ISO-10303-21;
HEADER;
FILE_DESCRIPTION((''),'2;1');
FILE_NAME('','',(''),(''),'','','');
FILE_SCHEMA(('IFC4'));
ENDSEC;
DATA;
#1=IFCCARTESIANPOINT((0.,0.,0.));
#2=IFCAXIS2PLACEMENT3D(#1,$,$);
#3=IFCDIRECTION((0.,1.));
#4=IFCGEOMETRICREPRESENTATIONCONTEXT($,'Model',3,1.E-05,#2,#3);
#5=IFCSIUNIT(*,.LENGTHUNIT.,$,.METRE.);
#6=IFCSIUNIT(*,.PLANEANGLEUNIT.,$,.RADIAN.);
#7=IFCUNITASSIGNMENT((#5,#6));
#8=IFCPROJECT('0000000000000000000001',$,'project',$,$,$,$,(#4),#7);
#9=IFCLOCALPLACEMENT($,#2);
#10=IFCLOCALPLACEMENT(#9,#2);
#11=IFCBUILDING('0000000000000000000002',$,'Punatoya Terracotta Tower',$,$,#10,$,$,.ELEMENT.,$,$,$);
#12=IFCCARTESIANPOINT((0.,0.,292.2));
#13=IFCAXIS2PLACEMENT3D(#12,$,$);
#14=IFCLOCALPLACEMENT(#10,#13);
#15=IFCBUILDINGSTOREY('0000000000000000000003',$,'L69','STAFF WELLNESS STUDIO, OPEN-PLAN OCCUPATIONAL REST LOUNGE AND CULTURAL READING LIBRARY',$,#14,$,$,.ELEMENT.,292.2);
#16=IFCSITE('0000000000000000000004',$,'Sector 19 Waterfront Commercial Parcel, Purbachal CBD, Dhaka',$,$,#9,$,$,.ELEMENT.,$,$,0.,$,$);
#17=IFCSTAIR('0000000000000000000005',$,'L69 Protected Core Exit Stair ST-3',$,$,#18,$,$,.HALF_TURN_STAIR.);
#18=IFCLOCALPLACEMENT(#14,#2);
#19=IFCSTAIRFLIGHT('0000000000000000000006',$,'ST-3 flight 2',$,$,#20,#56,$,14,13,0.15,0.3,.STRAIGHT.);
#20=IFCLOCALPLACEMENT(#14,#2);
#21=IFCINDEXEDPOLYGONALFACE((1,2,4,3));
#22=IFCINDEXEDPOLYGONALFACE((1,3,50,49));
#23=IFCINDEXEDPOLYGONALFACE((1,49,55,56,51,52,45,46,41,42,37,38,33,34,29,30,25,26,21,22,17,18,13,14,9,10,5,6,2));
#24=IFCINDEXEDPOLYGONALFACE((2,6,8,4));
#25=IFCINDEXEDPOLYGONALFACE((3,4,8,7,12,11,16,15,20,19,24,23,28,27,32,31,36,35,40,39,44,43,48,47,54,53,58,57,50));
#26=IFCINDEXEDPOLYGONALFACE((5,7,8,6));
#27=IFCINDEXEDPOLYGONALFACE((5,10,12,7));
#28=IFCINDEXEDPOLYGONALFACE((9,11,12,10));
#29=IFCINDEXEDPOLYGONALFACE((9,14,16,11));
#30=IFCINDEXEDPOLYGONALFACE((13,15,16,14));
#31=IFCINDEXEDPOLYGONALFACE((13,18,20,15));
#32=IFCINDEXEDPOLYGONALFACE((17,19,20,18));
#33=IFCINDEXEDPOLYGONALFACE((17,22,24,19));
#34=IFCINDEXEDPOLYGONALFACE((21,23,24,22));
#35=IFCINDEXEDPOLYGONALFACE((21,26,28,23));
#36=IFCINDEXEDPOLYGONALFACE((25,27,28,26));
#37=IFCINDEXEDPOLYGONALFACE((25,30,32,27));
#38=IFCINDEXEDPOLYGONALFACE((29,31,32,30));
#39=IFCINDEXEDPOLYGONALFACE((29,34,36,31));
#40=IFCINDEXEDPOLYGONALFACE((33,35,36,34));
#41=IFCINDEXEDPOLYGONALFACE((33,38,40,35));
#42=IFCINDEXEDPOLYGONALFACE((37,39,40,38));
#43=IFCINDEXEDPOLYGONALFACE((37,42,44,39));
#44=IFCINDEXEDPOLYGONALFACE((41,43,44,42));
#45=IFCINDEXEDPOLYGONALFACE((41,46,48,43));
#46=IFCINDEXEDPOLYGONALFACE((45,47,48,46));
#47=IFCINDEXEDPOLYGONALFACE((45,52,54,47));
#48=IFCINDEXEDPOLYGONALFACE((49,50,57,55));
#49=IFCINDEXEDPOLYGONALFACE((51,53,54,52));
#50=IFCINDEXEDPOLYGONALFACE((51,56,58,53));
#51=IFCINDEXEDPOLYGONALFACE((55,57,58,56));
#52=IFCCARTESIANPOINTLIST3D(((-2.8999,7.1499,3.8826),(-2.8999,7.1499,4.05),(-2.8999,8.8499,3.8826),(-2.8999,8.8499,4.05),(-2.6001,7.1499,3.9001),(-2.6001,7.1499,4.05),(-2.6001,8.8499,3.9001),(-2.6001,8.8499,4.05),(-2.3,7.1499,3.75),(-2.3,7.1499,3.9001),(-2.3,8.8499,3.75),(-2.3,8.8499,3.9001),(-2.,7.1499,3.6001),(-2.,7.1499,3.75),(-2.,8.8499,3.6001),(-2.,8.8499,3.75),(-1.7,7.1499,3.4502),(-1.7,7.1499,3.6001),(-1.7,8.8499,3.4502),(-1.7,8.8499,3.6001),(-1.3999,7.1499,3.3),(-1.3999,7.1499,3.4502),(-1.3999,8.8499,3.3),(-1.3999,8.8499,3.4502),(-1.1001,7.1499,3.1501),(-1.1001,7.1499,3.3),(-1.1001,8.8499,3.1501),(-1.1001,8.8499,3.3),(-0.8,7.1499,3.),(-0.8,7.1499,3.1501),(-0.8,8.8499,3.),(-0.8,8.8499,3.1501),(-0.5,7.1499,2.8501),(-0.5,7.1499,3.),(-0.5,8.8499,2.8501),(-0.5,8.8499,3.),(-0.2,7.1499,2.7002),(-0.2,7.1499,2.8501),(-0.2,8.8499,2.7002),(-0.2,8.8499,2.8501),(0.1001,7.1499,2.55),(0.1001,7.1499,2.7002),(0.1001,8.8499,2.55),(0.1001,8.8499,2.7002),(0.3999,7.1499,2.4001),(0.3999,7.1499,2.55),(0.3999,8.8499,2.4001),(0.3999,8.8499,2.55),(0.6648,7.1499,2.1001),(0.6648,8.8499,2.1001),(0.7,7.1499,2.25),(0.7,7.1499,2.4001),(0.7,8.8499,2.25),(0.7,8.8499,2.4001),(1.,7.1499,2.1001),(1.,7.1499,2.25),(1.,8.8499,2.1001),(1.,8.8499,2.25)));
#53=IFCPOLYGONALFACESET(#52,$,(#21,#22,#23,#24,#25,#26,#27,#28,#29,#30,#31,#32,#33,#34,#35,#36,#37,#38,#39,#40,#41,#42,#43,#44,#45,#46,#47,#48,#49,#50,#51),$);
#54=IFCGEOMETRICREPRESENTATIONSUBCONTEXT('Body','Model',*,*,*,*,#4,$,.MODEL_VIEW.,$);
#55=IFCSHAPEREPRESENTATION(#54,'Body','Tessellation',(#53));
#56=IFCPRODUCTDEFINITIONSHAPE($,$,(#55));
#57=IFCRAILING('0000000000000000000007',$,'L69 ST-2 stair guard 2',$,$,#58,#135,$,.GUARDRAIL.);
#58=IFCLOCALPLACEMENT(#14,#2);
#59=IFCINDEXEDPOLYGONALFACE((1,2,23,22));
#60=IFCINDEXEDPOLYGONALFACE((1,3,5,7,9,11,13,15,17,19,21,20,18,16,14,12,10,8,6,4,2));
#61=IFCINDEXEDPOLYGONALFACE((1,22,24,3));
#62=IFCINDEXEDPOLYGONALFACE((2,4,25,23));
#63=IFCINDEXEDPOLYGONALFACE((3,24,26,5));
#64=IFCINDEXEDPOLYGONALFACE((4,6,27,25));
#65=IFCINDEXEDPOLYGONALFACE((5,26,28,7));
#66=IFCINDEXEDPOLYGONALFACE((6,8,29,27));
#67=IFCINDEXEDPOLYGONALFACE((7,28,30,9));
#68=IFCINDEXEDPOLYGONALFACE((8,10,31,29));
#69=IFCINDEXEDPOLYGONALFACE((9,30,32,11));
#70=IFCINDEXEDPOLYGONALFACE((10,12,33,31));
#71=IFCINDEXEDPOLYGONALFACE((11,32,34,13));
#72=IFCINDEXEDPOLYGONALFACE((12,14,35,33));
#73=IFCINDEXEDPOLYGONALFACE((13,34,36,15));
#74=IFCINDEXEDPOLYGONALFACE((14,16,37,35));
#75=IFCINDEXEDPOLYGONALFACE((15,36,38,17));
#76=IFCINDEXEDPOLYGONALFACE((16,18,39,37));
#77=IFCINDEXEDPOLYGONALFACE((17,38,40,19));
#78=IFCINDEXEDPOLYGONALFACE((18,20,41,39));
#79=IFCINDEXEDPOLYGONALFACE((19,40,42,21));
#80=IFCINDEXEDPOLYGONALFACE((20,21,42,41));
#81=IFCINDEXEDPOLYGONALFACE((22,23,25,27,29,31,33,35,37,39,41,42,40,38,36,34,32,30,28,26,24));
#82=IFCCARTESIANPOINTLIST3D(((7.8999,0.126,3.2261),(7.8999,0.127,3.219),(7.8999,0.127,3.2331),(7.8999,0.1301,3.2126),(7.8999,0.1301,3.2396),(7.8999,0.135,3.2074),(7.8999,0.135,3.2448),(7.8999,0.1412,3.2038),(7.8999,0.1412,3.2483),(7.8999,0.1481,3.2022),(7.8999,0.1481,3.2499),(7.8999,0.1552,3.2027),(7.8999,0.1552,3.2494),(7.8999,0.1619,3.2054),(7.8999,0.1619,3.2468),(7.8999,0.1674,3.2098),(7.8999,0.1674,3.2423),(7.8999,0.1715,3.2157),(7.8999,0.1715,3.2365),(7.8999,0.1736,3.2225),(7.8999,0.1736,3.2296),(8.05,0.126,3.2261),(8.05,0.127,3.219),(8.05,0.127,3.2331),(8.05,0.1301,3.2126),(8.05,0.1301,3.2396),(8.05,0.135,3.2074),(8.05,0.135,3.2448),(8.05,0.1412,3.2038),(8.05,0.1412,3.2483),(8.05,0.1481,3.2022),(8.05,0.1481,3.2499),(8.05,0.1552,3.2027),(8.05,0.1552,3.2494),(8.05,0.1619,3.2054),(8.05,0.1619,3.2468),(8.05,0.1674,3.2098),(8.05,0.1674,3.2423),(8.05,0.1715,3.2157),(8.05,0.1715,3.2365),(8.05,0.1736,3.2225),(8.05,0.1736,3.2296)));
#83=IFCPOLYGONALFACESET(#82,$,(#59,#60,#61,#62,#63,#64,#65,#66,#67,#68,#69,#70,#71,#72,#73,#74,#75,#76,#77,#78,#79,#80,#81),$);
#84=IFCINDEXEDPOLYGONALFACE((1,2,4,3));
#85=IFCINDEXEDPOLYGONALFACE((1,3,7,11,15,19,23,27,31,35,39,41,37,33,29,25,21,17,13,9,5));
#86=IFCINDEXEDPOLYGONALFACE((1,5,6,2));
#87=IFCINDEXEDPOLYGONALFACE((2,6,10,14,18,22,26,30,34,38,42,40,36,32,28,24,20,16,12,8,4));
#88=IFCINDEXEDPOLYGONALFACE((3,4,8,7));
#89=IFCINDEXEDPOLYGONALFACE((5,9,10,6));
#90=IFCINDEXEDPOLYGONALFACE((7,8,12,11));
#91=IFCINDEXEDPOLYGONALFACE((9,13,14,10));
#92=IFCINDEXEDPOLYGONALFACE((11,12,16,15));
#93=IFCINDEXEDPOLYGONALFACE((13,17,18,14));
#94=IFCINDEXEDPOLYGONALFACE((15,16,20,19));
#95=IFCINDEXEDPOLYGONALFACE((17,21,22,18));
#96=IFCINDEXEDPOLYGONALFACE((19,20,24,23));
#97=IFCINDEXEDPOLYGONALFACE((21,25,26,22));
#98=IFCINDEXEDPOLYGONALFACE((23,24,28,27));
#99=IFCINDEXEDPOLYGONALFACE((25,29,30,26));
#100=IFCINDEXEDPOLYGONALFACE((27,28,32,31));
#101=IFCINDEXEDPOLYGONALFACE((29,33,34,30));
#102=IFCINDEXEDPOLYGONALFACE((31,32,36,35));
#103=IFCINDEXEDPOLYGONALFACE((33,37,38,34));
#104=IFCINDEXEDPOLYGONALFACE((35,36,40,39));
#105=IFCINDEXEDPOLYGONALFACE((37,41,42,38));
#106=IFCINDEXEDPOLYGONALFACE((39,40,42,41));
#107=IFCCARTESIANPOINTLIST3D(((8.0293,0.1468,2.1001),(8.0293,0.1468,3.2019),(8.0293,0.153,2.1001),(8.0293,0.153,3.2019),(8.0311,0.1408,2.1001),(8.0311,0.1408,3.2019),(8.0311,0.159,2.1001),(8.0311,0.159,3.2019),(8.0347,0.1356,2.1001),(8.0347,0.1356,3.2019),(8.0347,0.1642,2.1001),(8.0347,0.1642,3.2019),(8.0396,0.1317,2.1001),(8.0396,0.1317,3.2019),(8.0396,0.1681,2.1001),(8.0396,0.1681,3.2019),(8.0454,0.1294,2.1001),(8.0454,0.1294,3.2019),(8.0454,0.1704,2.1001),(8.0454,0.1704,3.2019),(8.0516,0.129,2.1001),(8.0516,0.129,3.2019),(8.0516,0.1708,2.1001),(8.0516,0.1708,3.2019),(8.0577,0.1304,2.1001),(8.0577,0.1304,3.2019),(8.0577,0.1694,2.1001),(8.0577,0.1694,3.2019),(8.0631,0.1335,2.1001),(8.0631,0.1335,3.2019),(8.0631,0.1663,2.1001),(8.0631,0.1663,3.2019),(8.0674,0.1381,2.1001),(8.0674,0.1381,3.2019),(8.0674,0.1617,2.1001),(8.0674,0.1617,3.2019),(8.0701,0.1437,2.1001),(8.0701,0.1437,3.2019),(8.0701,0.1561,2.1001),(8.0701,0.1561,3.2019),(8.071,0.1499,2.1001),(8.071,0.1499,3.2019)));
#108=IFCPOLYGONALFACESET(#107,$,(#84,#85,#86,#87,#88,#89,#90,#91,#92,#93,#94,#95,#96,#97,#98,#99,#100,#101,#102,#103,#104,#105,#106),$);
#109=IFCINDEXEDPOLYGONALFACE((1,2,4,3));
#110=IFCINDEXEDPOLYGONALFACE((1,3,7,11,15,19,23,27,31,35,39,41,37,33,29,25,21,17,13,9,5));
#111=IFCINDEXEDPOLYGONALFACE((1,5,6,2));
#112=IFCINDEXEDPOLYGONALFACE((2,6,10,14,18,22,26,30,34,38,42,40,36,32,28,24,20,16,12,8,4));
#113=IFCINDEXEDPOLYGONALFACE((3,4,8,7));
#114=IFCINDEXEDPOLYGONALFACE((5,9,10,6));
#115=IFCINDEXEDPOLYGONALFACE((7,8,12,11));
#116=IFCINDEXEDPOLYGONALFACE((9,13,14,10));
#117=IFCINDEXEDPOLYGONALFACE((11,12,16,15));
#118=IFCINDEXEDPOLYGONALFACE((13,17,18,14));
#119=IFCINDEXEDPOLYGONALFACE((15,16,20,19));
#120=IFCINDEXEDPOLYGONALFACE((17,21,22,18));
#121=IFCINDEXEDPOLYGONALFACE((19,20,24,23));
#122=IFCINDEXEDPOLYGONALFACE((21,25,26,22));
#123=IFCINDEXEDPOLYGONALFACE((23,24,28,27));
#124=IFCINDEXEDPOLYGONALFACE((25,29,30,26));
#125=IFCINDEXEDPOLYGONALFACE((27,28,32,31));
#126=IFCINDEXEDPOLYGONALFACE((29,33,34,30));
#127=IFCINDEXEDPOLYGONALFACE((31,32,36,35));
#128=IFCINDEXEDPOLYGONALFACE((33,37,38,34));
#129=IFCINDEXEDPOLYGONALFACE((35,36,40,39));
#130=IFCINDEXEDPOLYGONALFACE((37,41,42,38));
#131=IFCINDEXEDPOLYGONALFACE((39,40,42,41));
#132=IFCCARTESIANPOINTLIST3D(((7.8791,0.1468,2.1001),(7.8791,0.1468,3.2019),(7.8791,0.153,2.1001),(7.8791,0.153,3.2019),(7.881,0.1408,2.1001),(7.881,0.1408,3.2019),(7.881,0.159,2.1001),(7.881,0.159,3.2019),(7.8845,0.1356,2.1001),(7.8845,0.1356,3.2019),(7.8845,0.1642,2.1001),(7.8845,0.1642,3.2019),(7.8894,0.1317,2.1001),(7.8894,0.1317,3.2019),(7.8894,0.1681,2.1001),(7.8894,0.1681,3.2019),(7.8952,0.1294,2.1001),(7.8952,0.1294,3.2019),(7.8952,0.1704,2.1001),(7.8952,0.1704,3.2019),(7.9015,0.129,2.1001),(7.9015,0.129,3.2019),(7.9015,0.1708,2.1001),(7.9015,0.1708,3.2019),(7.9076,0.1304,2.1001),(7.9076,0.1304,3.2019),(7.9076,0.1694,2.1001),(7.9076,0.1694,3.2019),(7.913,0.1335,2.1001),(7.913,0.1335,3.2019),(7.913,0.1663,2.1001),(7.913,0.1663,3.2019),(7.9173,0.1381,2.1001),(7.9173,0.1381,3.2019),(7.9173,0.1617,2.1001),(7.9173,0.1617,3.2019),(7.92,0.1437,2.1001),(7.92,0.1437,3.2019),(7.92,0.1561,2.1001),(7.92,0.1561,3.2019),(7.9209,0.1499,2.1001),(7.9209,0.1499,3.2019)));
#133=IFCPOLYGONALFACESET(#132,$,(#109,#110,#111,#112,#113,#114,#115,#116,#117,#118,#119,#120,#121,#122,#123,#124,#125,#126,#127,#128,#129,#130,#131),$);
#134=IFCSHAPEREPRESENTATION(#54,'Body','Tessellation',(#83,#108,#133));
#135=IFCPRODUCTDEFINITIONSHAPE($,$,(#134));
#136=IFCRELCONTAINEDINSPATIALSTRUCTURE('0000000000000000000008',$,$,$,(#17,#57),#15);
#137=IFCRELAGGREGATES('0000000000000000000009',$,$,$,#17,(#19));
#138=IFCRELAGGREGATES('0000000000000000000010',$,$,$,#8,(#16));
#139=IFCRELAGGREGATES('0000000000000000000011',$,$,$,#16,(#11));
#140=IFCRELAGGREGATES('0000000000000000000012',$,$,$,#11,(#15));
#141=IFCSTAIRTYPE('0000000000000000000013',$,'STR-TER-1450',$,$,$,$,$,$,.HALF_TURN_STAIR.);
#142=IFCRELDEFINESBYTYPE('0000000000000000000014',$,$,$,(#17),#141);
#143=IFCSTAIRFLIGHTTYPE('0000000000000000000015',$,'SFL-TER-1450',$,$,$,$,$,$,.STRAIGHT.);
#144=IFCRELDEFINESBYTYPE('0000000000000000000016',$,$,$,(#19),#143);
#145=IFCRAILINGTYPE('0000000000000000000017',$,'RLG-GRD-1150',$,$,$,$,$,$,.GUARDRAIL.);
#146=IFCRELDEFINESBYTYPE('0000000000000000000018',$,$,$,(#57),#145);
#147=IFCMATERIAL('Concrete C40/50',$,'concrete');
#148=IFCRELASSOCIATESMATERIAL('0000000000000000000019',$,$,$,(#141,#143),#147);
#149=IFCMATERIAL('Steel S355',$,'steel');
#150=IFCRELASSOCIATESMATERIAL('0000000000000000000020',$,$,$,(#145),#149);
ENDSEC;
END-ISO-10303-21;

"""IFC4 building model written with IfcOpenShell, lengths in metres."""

from ifc_helpers import new_model, si_unit, direction, frame, origin, origin_2d, place, context, subcontext, project, spatial, polyline, circle, outline, extrude, material, type_object, element, aggregate, save


model = new_model("IFC4")

# Units and contexts
model_context = context("Model", 3, precision=1e-05, world=origin(), true_north=direction((0.0, 1.0)))
body_context = subcontext(model_context, "Body", "Model", "MODEL_VIEW")
ifc_project = project(units=[si_unit("LENGTHUNIT", "METRE"), si_unit("PLANEANGLEUNIT", "RADIAN")], contexts=[model_context])

# Site, building, storey
site_placement = place(None, origin())
site = spatial("IfcSite", under=ifc_project, at=site_placement, Name="Sector 19 Waterfront Commercial Parcel, Purbachal CBD, Dhaka", CompositionType="ELEMENT", RefElevation=0.0)
building_placement = place(site_placement, origin())
building = spatial("IfcBuilding", under=site, at=building_placement, Name="Punatoya Terracotta Tower", CompositionType="ELEMENT")
storey_placement = place(building_placement, frame((0.0, 0.0, 292.2)))
storey = spatial("IfcBuildingStorey", under=building, at=storey_placement, Name="L69", Description="STAFF WELLNESS STUDIO, OPEN-PLAN OCCUPATIONAL REST LOUNGE AND CULTURAL READING LIBRARY", CompositionType="ELEMENT", Elevation=292.2)

# Shared definitions
ifc_material_1 = material(Name="Steel S355", Category="steel")

# Shared definitions
ifc_material_2 = material(Name="Concrete C40/50", Category="concrete")

# Stair, stair flight
stair_type_1 = type_object("IfcStairType", Name="STR-TER-1450", PredefinedType="HALF_TURN_STAIR", material=ifc_material_2)
stair_1_placement = place(storey_placement, origin())
stair_1 = element("IfcStair", 1, at=stair_1_placement, inside=storey, type_object=stair_type_1, Name="L69 Protected Core Exit Stair ST-3", PredefinedType="HALF_TURN_STAIR")
stair_flight_type_1 = type_object("IfcStairFlightType", Name="SFL-TER-1450", PredefinedType="STRAIGHT", material=ifc_material_2)
stair_flight_1_placement = place(storey_placement, frame((1.0, 8.0, 2.1001), z_axis=(0.0, 0.0, 1.0), x_axis=(-1.0, 0.0, 0.0)))
stair_flight_1 = element("IfcStairFlight", 2, at=stair_flight_1_placement, type_object=stair_flight_type_1, Name="ST-3 flight 2", NumberOfRisers=14, NumberOfTreads=13, PredefinedType="STRAIGHT", RiserHeight=0.15, TreadLength=0.3, context=body_context, shape_type="SweptSolid", body=[
    extrude(outline(polyline([(0.0, 0.0), (0.0, 0.1499), (0.3, 0.1499), (0.3, 0.3), (0.6001, 0.3), (0.6001, 0.45), (0.8999, 0.45), (0.8999, 0.6001), (1.2, 0.6001), (1.2, 0.75), (1.5, 0.75), (1.5, 0.8999), (1.8, 0.8999), (1.8, 1.05), (2.1001, 1.05), (2.1001, 1.2), (2.3999, 1.2), (2.3999, 1.3501), (2.7, 1.3501), (2.7, 1.5), (3.0, 1.5), (3.0, 1.6499), (3.3, 1.6499), (3.3, 1.8), (3.6001, 1.8), (3.6001, 1.95), (3.8999, 1.95), (3.8999, 2.1001), (3.8999, 1.7825), (0.3352, 0.0), (0.0, 0.0)])), frame((0.0, 0.8501, 0.0), z_axis=(0.0, -1.0, 0.0), x_axis=(1.0, 0.0, 0.0)), (0.0, 0.0, 1.0), 1.7),
])
aggregate(stair_1, [stair_flight_1])

# Railing
railing_type_1 = type_object("IfcRailingType", Name="RLG-GRD-1150", PredefinedType="GUARDRAIL", material=ifc_material_1)
railing_1_placement = place(storey_placement, frame((8.05, 0.1499, 2.1001)))
element("IfcRailing", 3, at=railing_1_placement, inside=storey, type_object=railing_type_1, Name="L69 ST-2 stair guard 2", PredefinedType="GUARDRAIL", context=body_context, shape_type="SweptSolid", body=[
    extrude(circle(Radius=0.0239, at=origin_2d()), frame((0.0, 0.0, 1.126), z_axis=(-1.0, 0.0, 0.0), x_axis=(0.0, -1.0, 0.0)), (0.0, 0.0, 1.0), 0.1501),
    extrude(circle(Radius=0.021, at=origin_2d()), origin(), (0.0, 0.0, 1.0), 1.1018),
    extrude(circle(Radius=0.021, at=origin_2d()), frame((-0.1501, 0.0, 0.0)), (0.0, 0.0, 1.0), 1.1018),
])

save(model, "model.ifc")
